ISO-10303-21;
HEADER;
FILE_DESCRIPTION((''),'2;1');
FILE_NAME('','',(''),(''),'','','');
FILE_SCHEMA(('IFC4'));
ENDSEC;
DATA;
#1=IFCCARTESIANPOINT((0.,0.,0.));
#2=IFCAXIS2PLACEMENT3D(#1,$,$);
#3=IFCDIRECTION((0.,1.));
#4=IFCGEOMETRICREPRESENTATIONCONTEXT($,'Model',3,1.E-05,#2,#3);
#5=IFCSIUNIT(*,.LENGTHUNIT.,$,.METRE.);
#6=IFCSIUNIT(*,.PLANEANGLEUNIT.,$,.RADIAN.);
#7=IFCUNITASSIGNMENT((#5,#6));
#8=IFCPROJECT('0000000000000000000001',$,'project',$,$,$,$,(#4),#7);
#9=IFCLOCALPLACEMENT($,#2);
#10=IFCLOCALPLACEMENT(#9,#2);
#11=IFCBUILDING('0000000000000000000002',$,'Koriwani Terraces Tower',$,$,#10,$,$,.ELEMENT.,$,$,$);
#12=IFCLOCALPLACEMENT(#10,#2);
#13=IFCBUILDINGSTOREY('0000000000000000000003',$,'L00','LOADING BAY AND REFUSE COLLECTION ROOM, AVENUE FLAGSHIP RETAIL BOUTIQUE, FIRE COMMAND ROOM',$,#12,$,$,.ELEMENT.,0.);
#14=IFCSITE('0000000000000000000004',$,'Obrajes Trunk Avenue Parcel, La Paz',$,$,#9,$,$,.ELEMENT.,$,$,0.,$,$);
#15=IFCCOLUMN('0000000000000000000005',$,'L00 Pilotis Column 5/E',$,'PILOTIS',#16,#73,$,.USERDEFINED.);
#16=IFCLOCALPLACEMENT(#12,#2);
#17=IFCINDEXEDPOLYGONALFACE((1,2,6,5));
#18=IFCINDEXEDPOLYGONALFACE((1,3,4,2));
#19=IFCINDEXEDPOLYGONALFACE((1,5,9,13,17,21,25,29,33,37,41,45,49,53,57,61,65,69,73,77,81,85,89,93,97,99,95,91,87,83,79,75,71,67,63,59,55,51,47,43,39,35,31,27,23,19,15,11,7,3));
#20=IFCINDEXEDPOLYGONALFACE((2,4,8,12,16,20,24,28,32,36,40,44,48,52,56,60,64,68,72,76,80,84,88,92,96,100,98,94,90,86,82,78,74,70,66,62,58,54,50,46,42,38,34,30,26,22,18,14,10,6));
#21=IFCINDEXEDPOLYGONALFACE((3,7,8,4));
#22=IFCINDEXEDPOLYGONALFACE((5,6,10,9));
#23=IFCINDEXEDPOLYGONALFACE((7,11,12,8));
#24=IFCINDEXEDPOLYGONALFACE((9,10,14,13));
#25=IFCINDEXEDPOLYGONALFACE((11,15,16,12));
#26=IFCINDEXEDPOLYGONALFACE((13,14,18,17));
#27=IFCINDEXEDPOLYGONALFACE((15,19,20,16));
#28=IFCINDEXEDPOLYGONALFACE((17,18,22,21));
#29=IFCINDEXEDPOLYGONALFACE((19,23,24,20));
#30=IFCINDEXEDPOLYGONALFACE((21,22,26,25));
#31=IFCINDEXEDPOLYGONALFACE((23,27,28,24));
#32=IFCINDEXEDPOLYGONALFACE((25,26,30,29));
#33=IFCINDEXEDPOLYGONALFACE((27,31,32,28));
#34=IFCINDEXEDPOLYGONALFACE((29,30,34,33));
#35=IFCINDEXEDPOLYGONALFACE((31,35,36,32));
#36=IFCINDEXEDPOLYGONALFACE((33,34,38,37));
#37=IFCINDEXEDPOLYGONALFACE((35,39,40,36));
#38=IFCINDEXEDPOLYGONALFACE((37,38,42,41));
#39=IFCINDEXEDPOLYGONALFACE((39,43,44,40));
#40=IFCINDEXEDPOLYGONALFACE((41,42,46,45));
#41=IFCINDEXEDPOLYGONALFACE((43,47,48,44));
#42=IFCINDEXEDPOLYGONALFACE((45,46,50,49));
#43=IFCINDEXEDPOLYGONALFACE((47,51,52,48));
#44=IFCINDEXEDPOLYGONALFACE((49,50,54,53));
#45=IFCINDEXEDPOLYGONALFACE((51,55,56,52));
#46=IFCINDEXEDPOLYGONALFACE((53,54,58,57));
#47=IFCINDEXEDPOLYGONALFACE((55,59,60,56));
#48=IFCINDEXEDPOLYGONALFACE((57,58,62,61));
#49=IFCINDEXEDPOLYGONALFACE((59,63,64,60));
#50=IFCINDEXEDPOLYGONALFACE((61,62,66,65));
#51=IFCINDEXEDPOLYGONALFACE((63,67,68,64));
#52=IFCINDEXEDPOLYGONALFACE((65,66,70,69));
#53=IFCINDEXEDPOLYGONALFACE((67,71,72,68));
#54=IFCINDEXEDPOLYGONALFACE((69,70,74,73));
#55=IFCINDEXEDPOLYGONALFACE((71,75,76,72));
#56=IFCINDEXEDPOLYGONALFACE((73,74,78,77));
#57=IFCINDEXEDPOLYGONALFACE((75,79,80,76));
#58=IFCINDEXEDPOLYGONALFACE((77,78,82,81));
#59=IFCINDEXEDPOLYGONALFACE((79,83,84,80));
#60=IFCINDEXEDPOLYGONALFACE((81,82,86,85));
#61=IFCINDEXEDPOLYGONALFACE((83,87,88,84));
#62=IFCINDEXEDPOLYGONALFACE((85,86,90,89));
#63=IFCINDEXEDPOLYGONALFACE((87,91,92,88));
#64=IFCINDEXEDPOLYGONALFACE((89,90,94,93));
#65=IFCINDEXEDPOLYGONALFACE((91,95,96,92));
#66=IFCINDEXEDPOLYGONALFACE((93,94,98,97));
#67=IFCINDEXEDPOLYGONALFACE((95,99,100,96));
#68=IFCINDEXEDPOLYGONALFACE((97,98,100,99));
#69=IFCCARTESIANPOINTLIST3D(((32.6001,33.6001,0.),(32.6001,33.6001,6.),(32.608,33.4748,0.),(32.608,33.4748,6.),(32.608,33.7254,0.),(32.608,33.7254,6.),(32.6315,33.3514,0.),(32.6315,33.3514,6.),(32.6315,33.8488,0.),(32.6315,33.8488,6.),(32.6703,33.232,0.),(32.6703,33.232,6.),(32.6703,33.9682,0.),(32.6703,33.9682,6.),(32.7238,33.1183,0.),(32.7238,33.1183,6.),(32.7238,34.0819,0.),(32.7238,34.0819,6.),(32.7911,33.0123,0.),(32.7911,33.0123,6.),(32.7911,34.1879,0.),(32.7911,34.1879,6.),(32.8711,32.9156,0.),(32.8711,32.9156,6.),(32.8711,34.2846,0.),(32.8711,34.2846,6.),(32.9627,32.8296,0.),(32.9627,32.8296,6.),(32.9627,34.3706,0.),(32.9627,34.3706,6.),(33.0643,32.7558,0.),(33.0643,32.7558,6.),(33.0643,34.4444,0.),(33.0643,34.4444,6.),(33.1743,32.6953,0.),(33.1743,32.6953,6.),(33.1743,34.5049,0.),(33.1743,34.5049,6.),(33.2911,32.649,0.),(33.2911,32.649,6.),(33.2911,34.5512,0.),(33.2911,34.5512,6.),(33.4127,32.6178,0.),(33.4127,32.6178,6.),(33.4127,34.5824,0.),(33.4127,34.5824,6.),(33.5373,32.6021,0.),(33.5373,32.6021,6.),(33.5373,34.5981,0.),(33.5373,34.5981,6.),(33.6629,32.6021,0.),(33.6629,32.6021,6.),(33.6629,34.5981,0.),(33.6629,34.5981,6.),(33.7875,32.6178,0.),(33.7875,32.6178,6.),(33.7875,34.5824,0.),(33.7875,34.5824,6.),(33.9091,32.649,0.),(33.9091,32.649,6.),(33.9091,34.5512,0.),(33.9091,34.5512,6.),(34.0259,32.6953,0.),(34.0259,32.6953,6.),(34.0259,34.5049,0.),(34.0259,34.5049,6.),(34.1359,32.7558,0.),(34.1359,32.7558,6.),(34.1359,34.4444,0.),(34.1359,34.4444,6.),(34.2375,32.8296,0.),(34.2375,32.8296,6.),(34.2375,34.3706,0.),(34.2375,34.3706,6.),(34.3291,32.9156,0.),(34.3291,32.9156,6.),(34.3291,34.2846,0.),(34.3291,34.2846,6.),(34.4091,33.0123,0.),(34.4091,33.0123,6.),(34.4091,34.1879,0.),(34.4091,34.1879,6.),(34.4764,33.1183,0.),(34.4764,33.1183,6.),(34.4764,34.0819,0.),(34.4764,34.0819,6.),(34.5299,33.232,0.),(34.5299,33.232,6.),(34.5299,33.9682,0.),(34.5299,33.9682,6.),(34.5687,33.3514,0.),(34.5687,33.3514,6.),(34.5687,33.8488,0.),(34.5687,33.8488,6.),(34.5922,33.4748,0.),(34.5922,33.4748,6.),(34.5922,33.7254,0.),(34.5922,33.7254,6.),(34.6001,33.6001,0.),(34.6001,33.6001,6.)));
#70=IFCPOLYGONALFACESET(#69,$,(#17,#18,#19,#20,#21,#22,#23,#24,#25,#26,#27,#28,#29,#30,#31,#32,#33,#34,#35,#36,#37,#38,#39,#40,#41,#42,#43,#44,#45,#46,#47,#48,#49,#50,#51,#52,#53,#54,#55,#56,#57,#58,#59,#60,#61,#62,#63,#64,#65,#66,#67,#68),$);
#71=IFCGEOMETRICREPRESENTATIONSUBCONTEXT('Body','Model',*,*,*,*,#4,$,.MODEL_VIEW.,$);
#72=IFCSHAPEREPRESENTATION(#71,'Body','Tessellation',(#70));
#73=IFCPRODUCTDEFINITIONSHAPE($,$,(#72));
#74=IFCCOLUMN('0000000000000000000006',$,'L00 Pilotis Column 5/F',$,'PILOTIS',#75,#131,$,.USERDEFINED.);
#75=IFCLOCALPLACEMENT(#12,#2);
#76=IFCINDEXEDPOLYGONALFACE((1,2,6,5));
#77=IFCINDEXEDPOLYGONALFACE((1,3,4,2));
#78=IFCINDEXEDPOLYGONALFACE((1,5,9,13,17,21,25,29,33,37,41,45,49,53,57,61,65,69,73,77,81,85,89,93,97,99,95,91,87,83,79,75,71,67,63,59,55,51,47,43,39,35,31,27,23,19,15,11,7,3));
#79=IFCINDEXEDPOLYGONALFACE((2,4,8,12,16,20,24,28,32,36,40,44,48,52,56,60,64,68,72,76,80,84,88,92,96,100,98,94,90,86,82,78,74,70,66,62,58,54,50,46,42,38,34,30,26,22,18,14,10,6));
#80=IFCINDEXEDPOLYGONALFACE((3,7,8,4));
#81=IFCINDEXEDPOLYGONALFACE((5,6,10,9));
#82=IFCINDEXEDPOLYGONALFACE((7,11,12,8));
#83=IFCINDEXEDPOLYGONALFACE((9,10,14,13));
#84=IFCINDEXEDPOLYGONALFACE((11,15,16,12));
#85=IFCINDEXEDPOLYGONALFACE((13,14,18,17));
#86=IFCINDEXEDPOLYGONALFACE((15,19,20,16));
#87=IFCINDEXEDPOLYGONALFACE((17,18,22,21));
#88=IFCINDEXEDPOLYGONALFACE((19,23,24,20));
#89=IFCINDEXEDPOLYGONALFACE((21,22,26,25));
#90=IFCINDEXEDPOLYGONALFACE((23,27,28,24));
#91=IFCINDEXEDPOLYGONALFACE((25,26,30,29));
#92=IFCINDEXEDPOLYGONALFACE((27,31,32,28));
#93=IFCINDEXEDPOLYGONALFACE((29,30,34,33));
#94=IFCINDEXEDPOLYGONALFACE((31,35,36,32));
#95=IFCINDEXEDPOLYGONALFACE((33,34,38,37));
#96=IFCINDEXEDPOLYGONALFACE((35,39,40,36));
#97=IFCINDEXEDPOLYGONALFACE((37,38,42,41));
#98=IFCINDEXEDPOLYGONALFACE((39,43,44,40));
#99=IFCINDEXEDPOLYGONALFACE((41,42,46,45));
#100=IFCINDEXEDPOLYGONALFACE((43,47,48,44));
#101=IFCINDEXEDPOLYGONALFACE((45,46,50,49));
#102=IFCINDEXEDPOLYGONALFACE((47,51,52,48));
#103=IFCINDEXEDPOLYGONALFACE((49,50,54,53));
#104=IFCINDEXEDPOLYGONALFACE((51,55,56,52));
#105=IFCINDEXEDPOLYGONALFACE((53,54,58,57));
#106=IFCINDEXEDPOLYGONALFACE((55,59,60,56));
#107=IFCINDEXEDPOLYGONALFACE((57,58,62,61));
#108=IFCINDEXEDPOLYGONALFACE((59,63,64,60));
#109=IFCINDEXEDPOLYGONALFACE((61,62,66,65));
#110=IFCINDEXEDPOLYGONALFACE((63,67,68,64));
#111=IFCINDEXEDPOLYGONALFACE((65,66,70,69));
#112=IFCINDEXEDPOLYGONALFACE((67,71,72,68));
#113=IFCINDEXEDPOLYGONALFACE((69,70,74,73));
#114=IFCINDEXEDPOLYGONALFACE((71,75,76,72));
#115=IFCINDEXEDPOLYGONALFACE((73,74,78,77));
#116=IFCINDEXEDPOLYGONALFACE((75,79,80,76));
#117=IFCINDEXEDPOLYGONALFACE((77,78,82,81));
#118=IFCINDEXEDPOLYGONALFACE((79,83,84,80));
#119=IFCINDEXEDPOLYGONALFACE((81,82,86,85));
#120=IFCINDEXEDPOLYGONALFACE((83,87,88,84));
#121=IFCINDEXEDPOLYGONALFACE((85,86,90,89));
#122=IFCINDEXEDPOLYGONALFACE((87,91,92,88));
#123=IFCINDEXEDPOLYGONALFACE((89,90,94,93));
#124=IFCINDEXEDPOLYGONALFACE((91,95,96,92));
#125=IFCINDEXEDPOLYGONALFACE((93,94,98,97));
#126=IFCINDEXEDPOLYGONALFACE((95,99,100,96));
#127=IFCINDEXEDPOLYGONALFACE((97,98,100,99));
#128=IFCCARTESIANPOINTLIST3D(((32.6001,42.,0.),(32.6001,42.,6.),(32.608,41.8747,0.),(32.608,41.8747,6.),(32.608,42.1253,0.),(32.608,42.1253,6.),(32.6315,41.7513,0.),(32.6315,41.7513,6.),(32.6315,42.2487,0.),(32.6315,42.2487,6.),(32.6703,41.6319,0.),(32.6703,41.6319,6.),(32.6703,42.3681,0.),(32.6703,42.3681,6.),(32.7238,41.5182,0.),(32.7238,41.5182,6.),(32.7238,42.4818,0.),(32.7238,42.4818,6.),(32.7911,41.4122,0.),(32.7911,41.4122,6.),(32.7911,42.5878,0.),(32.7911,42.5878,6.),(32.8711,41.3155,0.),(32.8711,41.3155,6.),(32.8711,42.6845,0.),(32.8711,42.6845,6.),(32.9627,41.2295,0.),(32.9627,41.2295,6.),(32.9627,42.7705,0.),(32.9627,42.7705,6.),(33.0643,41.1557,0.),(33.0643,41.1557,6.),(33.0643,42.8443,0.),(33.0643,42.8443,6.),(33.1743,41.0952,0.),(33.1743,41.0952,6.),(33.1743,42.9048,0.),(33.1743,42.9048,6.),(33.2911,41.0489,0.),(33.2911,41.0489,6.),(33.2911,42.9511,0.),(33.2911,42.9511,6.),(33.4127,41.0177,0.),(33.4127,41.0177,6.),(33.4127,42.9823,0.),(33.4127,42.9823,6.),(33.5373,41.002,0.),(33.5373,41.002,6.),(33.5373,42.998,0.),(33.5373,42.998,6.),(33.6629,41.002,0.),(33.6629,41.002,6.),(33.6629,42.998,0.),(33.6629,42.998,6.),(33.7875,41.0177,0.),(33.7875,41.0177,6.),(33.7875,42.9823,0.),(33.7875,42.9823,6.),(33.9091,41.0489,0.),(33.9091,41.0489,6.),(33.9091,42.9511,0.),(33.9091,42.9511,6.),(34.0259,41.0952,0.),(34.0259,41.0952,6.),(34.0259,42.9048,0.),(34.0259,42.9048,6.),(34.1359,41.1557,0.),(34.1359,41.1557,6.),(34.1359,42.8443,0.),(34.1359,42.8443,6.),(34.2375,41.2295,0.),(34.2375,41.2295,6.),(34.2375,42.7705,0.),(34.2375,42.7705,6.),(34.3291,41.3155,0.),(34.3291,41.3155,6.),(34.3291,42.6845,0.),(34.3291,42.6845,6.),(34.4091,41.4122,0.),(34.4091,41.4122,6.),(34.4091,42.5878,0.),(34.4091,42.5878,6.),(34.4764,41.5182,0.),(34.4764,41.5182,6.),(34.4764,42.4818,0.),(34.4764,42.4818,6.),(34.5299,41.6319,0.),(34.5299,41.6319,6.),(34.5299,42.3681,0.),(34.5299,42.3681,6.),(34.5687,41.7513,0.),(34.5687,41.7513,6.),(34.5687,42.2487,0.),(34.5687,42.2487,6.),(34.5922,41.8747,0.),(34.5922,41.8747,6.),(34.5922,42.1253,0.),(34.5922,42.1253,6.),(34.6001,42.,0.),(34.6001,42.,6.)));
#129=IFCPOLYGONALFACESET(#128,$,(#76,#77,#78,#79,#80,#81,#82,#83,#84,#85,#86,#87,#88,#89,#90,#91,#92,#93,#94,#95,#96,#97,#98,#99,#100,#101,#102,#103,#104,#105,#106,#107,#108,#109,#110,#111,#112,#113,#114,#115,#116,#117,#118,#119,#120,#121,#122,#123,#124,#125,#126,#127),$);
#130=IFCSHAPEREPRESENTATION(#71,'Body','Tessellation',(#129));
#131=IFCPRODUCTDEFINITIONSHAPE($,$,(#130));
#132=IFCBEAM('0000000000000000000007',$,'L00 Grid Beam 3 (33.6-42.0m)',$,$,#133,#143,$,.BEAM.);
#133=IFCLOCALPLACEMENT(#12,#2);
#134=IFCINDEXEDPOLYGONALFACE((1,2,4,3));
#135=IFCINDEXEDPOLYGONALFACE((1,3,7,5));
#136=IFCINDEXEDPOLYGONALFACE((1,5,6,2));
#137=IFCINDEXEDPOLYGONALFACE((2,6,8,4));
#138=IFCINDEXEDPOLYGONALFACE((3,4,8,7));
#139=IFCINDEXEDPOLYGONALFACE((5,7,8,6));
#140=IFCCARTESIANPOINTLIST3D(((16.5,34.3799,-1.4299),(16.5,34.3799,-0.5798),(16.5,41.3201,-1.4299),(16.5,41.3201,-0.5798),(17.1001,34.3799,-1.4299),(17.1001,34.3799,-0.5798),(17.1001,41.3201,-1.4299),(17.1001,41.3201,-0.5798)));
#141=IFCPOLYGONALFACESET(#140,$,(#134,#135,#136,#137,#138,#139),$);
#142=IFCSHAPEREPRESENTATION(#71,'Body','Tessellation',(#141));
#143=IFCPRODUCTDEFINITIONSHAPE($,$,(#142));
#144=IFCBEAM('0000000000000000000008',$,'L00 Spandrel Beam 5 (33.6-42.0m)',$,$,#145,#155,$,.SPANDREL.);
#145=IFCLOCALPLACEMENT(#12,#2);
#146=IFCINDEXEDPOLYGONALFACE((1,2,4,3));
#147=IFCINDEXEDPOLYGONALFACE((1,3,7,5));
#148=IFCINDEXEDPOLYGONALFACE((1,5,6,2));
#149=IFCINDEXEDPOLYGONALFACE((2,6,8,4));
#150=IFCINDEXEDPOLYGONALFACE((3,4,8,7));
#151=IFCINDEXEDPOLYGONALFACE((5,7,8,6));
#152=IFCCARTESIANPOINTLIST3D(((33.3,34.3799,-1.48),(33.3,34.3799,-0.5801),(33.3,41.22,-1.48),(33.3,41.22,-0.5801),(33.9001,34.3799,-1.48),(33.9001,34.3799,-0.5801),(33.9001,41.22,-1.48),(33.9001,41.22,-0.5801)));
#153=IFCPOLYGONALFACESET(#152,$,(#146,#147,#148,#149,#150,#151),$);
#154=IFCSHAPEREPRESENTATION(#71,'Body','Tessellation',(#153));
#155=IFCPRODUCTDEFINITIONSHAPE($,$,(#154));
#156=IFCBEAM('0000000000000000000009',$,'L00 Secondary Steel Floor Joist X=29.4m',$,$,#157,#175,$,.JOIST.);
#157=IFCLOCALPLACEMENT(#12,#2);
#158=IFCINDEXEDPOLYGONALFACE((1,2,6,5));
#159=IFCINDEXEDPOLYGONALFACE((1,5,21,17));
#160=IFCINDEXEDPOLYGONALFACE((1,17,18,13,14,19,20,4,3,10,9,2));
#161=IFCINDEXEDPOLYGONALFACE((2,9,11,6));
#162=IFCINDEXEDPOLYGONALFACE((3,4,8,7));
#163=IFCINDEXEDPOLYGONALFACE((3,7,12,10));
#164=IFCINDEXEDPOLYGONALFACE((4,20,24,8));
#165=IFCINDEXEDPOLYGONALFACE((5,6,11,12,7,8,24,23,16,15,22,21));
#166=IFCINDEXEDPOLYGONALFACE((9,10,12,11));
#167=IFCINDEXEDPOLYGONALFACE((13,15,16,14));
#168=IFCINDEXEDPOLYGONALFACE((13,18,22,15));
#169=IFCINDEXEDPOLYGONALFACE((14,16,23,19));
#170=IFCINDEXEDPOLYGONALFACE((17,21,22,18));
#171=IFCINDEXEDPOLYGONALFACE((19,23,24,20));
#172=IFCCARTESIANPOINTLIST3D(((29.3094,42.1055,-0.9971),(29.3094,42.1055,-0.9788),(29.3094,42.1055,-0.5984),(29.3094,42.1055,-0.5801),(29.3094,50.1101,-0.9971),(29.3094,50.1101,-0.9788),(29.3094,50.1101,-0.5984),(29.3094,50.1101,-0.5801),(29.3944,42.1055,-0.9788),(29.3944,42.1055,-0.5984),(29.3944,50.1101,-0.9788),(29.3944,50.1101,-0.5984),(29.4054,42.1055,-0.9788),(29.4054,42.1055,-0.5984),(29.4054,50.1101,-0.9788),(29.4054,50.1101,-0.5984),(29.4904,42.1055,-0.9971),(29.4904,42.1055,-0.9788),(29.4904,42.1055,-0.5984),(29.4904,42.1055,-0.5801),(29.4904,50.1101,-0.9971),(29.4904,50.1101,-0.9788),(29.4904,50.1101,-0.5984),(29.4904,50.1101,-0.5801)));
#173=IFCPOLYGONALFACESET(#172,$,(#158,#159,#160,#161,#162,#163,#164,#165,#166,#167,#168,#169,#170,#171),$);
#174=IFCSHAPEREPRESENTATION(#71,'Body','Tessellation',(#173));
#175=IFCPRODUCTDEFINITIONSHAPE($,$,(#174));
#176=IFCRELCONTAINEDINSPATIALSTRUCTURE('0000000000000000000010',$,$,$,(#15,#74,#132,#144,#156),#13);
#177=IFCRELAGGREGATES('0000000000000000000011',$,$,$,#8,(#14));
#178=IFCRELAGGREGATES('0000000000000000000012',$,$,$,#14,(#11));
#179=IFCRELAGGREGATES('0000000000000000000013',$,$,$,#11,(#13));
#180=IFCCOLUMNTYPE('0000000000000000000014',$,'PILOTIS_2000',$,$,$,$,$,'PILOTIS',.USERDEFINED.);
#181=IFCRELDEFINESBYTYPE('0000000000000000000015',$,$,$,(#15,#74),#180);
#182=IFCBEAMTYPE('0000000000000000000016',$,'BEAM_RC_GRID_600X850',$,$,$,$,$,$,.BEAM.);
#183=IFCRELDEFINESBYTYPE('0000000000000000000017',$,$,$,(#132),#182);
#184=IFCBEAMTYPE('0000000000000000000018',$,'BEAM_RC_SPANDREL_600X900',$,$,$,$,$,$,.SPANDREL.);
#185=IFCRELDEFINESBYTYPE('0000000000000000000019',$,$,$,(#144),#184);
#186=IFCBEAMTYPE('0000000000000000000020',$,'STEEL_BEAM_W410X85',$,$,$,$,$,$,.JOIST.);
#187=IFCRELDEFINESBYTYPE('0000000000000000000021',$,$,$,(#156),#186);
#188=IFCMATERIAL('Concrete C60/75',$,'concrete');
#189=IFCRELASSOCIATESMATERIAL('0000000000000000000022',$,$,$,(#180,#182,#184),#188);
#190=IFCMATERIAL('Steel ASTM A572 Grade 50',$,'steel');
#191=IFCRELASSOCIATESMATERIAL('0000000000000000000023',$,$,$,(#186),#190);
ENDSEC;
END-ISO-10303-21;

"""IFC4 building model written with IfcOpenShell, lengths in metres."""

from ifc_helpers import new_model, si_unit, direction, frame, origin, origin_2d, place, context, subcontext, project, spatial, rectangle, circle, i_section, extrude, material, material_profile, profile_set, type_object, element, save


model = new_model("IFC4")

# Units and contexts
model_context = context("Model", 3, precision=1e-05, world=origin(), true_north=direction((0.0, 1.0)))
body_context = subcontext(model_context, "Body", "Model", "MODEL_VIEW")
ifc_project = project(units=[si_unit("LENGTHUNIT", "METRE"), si_unit("PLANEANGLEUNIT", "RADIAN")], contexts=[model_context])

# Site, building, storey
site_placement = place(None, origin())
site = spatial("IfcSite", under=ifc_project, at=site_placement, Name="Obrajes Trunk Avenue Parcel, La Paz", CompositionType="ELEMENT", RefElevation=0.0)
building_placement = place(site_placement, origin())
building = spatial("IfcBuilding", under=site, at=building_placement, Name="Koriwani Terraces Tower", CompositionType="ELEMENT")
storey_placement = place(building_placement, origin())
storey = spatial("IfcBuildingStorey", under=building, at=storey_placement, Name="L00", Description="LOADING BAY AND REFUSE COLLECTION ROOM, AVENUE FLAGSHIP RETAIL BOUTIQUE, FIRE COMMAND ROOM", CompositionType="ELEMENT", Elevation=0.0)

# Columns
ifc_material_1 = material(Name="Concrete C60/75", Category="concrete")
ifc_material_profile_1 = material_profile(ifc_material_1, circle(Radius=1.0, at=origin_2d()), Name="Concrete C60/75", Category="LoadBearing")
ifc_profile_set_1 = profile_set([ifc_material_profile_1], Name="Concrete C60/75")
column_type = type_object("IfcColumnType", Name="PILOTIS_2000", ElementType="PILOTIS", PredefinedType="USERDEFINED", material=ifc_profile_set_1)
for number, where, z_axis, x_axis, name in (
    (1, (33.6001, 33.6001, 0.0), (0.0, 0.0, 1.0), (1.0, 0.0, 0.0), "L00 Pilotis Column 5/E"),
    (2, (33.6001, 42.0, 0.0), (0.0, 0.0, 1.0), (1.0, 0.0, 0.0), "L00 Pilotis Column 5/F"),
):
    element("IfcColumn", number, at=place(storey_placement, frame(where, z_axis=z_axis, x_axis=x_axis)), inside=storey, type_object=column_type, Name=name, ObjectType="PILOTIS", PredefinedType="USERDEFINED", context=body_context, shape_type="SweptSolid", body=[
        extrude(circle(Radius=1.0, at=origin_2d()), origin(), (0.0, 0.0, 1.0), 6.0),
    ])

# Beams
ifc_material_profile_2 = material_profile(ifc_material_1, rectangle(XDim=0.6001, YDim=0.8501, at=origin_2d()), Name="Concrete C60/75", Category="LoadBearing")
ifc_profile_set_2 = profile_set([ifc_material_profile_2], Name="Concrete C60/75")
beam_type_1 = type_object("IfcBeamType", Name="BEAM_RC_GRID_600X850", PredefinedType="BEAM", material=ifc_profile_set_2)
beam_1_placement = place(storey_placement, frame((16.8, 34.3799, -1.0049), z_axis=(0.0, 1.0, 0.0), x_axis=(-1.0, 0.0, 0.0)))
element("IfcBeam", 3, at=beam_1_placement, inside=storey, type_object=beam_type_1, Name="L00 Grid Beam 3 (33.6-42.0m)", PredefinedType="BEAM", context=body_context, shape_type="SweptSolid", body=[
    extrude(rectangle(XDim=0.6001, YDim=0.8501, at=origin_2d()), origin(), (0.0, 0.0, 1.0), 6.9402),
])
ifc_material_profile_3 = material_profile(ifc_material_1, rectangle(XDim=0.6001, YDim=0.8999, at=origin_2d()), Name="Concrete C60/75", Category="LoadBearing")
ifc_profile_set_3 = profile_set([ifc_material_profile_3], Name="Concrete C60/75")
beam_type_2 = type_object("IfcBeamType", Name="BEAM_RC_SPANDREL_600X900", PredefinedType="SPANDREL", material=ifc_profile_set_3)
beam_2_placement = place(storey_placement, frame((33.6001, 34.3799, -1.03), z_axis=(0.0, 1.0, 0.0), x_axis=(-1.0, 0.0, 0.0)))
element("IfcBeam", 4, at=beam_2_placement, inside=storey, type_object=beam_type_2, Name="L00 Spandrel Beam 5 (33.6-42.0m)", PredefinedType="SPANDREL", context=body_context, shape_type="SweptSolid", body=[
    extrude(rectangle(XDim=0.6001, YDim=0.8999, at=origin_2d()), origin(), (0.0, 0.0, 1.0), 6.8401),
])
ifc_material_2 = material(Name="Steel ASTM A572 Grade 50", Category="steel")
ifc_material_profile_4 = material_profile(ifc_material_2, i_section(OverallWidth=0.1809, OverallDepth=0.417, WebThickness=0.011, FlangeThickness=0.0183, at=origin_2d()), Name="Steel ASTM A572 Grade 50", Category="LoadBearing")
ifc_profile_set_4 = profile_set([ifc_material_profile_4], Name="Steel ASTM A572 Grade 50")
beam_type_3 = type_object("IfcBeamType", Name="STEEL_BEAM_W410X85", PredefinedType="JOIST", material=ifc_profile_set_4)
beam_3_placement = place(storey_placement, frame((29.3999, 42.1055, -0.7886), z_axis=(0.0, 1.0, 0.0), x_axis=(-1.0, 0.0, 0.0)))
element("IfcBeam", 5, at=beam_3_placement, inside=storey, type_object=beam_type_3, Name="L00 Secondary Steel Floor Joist X=29.4m", PredefinedType="JOIST", context=body_context, shape_type="SweptSolid", body=[
    extrude(i_section(OverallWidth=0.1809, OverallDepth=0.417, WebThickness=0.011, FlangeThickness=0.0183, at=origin_2d()), origin(), (0.0, 0.0, 1.0), 8.0046),
])

save(model, "model.ifc")
